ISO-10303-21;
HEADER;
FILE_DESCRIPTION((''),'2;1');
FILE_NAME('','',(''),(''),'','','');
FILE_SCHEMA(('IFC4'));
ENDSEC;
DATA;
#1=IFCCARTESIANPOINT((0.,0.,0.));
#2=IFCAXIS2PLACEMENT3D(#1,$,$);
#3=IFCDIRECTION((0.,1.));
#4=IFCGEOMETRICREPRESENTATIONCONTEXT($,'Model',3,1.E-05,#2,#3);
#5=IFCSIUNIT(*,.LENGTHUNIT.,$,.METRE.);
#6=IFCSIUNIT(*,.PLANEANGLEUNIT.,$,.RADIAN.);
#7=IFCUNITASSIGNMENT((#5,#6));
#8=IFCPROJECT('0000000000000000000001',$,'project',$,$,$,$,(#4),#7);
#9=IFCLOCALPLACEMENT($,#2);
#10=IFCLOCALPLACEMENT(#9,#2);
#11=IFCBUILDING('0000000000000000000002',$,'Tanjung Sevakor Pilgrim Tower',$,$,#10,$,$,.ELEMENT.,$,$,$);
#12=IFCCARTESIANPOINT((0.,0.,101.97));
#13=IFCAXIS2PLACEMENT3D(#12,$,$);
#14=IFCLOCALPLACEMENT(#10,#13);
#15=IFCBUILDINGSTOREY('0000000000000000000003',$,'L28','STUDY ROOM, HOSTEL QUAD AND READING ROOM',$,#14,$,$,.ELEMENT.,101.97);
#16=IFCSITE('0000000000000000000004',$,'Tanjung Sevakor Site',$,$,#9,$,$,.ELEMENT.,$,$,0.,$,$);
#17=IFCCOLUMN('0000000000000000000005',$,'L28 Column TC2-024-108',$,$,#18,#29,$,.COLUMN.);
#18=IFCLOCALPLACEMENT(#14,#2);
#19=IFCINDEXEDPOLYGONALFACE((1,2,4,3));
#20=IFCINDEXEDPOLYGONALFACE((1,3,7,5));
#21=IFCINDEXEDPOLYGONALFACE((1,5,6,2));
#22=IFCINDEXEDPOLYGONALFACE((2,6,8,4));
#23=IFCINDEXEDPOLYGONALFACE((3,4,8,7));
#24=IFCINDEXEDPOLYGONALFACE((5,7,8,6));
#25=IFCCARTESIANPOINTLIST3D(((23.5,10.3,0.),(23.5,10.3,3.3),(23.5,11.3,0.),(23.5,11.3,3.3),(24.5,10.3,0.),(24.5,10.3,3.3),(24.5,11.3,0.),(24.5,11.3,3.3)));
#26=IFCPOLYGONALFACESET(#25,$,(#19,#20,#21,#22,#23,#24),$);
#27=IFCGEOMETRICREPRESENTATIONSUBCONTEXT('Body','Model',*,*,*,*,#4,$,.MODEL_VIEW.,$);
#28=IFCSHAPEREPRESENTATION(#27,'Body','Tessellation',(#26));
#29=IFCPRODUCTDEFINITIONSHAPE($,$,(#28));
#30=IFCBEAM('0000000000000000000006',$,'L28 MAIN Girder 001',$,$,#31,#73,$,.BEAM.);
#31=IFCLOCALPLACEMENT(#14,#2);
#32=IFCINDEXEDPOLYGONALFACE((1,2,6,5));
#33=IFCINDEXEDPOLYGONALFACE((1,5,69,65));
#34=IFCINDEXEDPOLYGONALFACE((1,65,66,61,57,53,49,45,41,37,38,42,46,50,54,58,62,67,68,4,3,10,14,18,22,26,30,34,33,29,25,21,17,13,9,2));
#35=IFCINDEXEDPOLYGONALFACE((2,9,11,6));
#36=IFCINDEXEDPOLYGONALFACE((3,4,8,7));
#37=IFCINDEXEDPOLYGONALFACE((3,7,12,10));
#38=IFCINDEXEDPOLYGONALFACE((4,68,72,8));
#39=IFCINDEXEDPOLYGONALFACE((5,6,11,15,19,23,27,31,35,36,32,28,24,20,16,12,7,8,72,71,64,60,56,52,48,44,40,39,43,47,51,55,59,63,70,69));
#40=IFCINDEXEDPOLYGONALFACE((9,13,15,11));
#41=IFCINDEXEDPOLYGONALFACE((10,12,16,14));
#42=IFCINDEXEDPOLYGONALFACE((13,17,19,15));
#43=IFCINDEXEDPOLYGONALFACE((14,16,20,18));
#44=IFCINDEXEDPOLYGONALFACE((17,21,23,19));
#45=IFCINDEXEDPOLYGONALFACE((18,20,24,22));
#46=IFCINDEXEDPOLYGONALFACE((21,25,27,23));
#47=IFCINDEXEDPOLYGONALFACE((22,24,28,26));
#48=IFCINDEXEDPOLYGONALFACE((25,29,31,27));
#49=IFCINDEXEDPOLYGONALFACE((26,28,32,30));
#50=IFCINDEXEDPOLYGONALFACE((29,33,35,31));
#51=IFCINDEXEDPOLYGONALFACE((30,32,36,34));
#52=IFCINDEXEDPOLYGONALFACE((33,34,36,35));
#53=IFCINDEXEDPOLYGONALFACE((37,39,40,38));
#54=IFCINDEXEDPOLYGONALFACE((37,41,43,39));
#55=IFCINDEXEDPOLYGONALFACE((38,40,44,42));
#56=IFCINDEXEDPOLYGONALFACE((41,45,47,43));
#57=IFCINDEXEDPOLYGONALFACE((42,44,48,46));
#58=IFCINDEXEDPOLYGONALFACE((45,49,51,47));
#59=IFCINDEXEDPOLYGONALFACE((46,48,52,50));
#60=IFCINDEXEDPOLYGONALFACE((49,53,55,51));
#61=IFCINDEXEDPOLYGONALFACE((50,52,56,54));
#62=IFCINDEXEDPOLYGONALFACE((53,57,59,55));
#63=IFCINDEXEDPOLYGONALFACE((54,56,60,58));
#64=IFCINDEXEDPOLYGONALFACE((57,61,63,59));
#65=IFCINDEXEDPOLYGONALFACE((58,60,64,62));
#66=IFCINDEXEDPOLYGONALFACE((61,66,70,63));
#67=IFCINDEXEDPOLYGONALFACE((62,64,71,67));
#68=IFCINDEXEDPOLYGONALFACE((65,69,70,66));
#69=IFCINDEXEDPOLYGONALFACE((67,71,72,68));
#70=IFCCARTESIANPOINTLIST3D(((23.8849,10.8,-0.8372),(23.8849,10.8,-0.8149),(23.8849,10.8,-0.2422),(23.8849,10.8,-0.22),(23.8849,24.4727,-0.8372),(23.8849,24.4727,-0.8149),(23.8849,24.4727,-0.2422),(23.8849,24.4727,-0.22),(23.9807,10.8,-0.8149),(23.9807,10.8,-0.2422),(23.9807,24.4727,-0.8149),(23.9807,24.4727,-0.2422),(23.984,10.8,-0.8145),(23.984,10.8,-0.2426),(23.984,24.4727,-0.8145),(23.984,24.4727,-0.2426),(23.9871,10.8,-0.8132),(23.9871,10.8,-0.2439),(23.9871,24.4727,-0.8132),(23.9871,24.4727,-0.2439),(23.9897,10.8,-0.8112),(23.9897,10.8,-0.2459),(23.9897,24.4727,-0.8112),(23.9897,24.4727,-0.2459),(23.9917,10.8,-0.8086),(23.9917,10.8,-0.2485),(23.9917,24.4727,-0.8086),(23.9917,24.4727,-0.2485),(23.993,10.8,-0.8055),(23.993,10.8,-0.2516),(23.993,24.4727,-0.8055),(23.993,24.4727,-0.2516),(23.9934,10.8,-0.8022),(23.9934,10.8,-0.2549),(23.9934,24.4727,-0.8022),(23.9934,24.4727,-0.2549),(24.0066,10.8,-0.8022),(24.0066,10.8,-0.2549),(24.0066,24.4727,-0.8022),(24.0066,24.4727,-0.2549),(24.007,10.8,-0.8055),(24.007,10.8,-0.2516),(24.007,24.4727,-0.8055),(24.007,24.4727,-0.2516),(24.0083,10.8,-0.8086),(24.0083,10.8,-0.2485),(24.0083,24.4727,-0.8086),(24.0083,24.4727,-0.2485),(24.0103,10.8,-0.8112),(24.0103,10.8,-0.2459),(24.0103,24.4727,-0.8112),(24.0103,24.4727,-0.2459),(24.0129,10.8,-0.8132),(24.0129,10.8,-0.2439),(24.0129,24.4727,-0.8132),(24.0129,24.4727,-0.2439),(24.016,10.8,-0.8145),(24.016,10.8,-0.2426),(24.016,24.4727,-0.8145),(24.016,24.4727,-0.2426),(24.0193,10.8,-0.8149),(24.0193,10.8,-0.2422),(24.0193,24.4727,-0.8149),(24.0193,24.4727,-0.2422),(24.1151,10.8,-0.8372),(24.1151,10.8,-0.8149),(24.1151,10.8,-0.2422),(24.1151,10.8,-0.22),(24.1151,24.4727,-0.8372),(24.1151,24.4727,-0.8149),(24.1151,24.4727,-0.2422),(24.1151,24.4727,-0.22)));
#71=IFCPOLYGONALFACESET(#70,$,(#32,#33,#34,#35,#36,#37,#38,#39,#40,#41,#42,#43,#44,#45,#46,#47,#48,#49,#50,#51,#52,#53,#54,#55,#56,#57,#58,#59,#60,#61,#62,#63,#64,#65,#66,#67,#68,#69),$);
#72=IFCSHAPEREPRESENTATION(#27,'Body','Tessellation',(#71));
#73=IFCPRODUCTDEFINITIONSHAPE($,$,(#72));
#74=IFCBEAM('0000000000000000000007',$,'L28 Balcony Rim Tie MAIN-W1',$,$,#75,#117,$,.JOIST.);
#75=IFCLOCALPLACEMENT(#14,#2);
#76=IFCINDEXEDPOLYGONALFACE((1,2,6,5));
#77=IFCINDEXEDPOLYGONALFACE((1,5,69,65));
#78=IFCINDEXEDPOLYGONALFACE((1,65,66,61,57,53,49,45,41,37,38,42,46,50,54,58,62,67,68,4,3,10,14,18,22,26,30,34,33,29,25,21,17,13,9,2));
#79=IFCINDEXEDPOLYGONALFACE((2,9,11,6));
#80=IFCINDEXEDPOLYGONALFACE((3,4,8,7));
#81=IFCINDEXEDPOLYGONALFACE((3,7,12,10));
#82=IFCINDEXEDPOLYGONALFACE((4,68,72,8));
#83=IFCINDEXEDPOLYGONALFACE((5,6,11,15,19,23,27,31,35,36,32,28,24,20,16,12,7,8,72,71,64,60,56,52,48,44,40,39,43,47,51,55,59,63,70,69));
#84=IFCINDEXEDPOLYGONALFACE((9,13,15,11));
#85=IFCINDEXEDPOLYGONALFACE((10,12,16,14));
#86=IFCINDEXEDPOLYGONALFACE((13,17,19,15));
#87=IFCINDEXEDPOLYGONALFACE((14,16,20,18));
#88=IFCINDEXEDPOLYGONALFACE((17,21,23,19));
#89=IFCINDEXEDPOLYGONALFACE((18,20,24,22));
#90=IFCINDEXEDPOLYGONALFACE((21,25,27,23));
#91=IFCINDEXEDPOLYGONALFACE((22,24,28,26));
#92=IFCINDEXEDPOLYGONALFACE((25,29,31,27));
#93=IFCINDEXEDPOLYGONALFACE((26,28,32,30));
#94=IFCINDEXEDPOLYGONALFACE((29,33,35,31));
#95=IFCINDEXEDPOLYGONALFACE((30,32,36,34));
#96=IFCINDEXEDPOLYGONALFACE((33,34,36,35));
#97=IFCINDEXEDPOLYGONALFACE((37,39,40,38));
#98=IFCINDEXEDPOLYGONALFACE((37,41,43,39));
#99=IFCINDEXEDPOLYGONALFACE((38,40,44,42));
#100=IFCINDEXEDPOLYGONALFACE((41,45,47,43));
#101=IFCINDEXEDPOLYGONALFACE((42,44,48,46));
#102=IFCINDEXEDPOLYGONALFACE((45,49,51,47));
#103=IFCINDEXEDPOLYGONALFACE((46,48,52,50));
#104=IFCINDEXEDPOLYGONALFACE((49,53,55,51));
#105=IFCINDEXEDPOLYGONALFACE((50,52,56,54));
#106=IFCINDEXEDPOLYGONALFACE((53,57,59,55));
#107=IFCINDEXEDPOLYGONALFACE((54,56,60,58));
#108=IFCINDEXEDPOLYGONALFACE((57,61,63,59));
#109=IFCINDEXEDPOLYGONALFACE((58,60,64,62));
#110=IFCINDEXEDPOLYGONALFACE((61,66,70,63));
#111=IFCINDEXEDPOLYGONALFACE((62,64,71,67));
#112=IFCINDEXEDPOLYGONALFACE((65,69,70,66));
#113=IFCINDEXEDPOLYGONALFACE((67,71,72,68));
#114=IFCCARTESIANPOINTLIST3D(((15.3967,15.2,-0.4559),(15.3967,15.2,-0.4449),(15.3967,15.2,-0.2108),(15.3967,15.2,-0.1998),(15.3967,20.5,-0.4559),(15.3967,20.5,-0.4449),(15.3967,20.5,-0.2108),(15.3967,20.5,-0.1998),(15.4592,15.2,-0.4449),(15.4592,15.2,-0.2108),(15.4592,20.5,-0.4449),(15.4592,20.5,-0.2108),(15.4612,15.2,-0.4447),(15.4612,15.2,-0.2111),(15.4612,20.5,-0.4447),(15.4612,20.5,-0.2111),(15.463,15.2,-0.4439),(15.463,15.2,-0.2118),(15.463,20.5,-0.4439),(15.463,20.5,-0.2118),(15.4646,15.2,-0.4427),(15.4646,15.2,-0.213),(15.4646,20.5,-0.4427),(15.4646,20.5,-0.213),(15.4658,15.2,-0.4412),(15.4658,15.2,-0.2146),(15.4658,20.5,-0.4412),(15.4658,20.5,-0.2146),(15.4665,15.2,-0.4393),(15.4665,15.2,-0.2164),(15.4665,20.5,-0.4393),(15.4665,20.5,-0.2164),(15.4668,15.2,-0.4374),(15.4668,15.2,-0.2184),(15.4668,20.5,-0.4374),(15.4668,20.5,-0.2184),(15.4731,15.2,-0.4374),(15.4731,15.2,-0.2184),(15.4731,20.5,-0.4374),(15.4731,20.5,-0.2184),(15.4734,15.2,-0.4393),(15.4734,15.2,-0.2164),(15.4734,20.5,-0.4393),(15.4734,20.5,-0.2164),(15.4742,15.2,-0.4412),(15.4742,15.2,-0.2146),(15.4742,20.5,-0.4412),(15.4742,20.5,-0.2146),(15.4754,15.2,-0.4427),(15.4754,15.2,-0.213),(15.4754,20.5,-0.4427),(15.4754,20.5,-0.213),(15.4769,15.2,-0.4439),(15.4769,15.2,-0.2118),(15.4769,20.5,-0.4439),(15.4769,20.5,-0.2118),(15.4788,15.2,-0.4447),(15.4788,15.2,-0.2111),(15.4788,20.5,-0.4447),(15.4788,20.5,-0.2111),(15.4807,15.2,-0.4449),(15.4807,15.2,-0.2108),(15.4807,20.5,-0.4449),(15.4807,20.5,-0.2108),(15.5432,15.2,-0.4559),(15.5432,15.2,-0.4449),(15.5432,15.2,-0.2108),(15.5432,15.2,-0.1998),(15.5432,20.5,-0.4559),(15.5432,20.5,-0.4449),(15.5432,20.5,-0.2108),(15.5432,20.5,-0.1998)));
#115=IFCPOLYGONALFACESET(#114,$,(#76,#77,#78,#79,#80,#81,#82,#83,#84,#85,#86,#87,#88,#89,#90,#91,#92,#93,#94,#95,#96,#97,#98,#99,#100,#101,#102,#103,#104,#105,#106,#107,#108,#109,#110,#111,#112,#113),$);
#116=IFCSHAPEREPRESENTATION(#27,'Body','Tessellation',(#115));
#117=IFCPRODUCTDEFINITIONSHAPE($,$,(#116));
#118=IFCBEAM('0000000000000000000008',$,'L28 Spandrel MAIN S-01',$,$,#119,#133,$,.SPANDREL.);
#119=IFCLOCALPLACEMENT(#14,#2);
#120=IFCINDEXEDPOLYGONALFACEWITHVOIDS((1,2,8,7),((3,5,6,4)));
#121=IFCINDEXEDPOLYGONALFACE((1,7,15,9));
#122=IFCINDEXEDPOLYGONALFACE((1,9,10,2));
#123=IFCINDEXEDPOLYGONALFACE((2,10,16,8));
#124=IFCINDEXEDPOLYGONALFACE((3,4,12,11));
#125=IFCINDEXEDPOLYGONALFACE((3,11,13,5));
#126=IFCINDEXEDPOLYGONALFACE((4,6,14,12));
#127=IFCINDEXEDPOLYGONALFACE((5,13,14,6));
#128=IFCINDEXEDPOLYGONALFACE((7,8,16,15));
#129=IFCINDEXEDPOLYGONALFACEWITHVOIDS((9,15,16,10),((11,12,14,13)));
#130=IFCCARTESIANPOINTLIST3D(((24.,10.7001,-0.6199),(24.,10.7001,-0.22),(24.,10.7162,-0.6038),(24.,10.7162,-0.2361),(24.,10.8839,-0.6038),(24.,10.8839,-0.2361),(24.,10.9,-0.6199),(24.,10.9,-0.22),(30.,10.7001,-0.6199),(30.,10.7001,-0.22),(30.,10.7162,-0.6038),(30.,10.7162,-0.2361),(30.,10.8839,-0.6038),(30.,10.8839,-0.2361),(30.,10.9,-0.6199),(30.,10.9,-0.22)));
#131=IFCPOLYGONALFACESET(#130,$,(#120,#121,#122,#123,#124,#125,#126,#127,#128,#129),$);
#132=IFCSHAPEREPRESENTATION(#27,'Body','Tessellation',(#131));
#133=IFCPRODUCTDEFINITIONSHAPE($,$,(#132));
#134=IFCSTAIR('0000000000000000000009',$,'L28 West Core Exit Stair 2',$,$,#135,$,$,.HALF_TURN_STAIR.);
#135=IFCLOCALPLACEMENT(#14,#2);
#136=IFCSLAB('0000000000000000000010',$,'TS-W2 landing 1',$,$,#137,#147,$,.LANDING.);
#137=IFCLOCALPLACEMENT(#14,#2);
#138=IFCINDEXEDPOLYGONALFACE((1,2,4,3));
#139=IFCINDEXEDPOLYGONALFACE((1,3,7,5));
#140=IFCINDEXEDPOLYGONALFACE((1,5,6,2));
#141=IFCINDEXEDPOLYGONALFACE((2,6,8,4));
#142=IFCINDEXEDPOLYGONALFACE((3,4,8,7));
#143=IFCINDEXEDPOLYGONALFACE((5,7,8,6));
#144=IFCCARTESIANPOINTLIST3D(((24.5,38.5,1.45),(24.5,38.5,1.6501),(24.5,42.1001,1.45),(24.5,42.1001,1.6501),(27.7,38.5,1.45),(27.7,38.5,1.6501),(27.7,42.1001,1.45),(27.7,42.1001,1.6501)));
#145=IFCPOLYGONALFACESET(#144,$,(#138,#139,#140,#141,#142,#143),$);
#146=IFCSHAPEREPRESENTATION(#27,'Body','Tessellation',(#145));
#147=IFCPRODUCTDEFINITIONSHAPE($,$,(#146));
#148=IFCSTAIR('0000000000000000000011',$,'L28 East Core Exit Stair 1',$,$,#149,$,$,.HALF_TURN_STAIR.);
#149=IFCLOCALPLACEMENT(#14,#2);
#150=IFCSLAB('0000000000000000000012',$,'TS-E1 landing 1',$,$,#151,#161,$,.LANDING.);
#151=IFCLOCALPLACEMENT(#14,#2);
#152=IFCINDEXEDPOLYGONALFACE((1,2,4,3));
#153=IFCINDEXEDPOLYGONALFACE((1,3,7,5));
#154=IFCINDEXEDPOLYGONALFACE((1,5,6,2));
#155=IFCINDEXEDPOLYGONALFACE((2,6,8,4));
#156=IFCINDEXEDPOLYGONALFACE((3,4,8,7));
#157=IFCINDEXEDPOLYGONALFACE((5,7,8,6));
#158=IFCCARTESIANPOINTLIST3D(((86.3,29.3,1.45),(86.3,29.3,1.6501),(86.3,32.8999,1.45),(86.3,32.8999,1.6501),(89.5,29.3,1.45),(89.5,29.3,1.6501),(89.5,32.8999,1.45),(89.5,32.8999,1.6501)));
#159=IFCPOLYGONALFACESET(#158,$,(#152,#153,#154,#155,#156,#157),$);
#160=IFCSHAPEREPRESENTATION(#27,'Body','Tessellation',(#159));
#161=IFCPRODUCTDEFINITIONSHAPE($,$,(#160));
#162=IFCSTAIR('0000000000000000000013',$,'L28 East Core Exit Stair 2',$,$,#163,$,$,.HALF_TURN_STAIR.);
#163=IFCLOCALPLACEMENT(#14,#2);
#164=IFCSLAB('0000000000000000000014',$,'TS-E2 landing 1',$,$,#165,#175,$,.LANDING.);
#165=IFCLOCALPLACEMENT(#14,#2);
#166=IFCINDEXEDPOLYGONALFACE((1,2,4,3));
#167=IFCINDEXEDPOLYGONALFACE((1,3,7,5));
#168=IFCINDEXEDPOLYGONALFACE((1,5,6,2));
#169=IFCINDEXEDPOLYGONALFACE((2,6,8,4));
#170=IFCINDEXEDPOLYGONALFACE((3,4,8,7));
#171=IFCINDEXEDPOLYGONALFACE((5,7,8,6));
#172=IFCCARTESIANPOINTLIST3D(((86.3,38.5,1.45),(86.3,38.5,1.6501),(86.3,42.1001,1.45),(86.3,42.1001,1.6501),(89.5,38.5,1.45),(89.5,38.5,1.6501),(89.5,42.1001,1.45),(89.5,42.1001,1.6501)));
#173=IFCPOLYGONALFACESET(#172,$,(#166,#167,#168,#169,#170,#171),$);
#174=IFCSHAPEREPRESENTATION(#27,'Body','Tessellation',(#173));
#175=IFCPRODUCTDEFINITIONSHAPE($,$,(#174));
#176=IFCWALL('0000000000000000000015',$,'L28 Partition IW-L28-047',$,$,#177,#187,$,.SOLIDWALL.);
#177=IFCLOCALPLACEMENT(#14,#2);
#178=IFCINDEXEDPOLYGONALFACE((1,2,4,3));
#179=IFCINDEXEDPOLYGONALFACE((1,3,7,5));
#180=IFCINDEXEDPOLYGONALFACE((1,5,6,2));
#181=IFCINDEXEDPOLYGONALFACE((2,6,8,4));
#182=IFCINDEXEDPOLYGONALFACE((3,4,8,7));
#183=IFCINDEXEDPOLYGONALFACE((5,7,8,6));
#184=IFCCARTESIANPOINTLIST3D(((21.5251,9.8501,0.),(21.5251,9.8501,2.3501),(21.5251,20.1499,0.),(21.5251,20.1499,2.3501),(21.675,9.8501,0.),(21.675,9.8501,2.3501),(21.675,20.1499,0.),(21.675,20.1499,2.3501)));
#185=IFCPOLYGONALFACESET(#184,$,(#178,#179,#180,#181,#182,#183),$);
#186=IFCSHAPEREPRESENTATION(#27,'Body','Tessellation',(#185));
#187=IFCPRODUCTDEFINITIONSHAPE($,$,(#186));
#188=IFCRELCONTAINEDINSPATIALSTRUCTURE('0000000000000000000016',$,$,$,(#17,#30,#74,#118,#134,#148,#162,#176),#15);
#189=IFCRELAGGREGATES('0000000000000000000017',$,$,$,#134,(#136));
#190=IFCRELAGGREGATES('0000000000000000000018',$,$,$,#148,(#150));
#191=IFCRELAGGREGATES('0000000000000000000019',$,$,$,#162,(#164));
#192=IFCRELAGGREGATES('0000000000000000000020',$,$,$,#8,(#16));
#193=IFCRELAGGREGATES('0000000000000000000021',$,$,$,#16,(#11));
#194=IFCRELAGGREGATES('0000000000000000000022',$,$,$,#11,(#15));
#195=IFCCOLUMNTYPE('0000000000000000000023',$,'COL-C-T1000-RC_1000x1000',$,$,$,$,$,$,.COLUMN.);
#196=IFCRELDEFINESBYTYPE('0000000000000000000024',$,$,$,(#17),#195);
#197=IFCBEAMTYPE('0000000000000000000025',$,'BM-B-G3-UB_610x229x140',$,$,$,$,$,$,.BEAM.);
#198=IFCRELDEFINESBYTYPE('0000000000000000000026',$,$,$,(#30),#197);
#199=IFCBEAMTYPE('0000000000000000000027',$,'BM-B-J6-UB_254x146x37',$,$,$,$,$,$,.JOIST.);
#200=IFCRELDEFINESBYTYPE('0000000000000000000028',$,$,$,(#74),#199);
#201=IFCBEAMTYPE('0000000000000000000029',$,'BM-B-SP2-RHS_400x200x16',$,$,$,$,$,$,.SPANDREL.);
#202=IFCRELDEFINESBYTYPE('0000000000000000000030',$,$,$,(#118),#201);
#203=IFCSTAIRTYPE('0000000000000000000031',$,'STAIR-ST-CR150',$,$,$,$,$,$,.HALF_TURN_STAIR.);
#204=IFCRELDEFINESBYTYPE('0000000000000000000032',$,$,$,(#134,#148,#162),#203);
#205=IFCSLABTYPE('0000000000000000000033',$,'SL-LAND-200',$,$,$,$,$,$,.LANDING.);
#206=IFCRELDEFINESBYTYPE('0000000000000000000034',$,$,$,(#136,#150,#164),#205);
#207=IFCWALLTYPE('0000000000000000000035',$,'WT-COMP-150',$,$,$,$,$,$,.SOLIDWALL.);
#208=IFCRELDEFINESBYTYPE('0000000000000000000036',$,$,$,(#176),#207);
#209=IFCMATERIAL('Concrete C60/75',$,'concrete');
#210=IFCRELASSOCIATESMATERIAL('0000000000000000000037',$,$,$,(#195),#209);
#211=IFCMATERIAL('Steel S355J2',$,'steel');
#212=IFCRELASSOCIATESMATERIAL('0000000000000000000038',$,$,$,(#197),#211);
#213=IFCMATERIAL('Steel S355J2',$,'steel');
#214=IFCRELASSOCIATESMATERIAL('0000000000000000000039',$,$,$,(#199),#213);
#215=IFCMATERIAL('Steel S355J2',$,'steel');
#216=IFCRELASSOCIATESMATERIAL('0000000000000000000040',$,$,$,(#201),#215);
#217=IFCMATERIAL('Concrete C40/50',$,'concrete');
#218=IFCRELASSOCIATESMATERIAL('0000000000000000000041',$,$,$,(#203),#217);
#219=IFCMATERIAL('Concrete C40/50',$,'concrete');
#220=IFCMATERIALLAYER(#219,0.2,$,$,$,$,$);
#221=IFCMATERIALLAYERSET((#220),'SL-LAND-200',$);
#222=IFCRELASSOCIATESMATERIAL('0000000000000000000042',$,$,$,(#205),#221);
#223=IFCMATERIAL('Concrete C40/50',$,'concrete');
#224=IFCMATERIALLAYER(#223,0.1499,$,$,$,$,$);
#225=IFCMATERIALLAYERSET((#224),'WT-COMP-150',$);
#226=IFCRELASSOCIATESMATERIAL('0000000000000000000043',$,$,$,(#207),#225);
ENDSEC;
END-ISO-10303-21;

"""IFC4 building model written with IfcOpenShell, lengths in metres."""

from ifc_helpers import new_model, si_unit, direction, frame, frame_2d, origin, origin_2d, place, context, subcontext, project, spatial, polyline, rectangle, hollow_rectangle, i_section, outline, extrude, material, layer, layer_set, material_profile, profile_set, type_object, element, aggregate, save


model = new_model("IFC4")

# Units and contexts
model_context = context("Model", 3, precision=1e-05, world=origin(), true_north=direction((0.0, 1.0)))
body_context = subcontext(model_context, "Body", "Model", "MODEL_VIEW")
ifc_project = project(units=[si_unit("LENGTHUNIT", "METRE"), si_unit("PLANEANGLEUNIT", "RADIAN")], contexts=[model_context])

# Site, building, storey
site_placement = place(None, origin())
site = spatial("IfcSite", under=ifc_project, at=site_placement, Name="Tanjung Sevakor Site", CompositionType="ELEMENT", RefElevation=0.0)
building_placement = place(site_placement, origin())
building = spatial("IfcBuilding", under=site, at=building_placement, Name="Tanjung Sevakor Pilgrim Tower", CompositionType="ELEMENT")
storey_placement = place(building_placement, frame((0.0, 0.0, 101.97)))
storey = spatial("IfcBuildingStorey", under=building, at=storey_placement, Name="L28", Description="STUDY ROOM, HOSTEL QUAD AND READING ROOM", CompositionType="ELEMENT", Elevation=101.97)

# Column
ifc_material_1 = material(Name="Concrete C60/75", Category="concrete")
ifc_material_profile_1 = material_profile(ifc_material_1, rectangle(XDim=1.0, YDim=1.0, at=origin_2d()))
ifc_profile_set_1 = profile_set([ifc_material_profile_1], Name="Concrete C60/75")
column_type = type_object("IfcColumnType", Name="COL-C-T1000-RC_1000x1000", PredefinedType="COLUMN", material=ifc_profile_set_1)
column_placement = place(storey_placement, frame((24.0, 10.8, 0.0), z_axis=(0.0, 0.0, 1.0), x_axis=(1.0, 0.0, 0.0)))
element("IfcColumn", 1, at=column_placement, inside=storey, type_object=column_type, Name="L28 Column TC2-024-108", PredefinedType="COLUMN", context=body_context, shape_type="SweptSolid", body=[
    extrude(rectangle(XDim=1.0, YDim=1.0, at=origin_2d()), origin(), (0.0, 0.0, 1.0), 3.3),
])

# Beams
ifc_material_2 = material(Name="Steel S355J2", Category="steel")
ifc_material_profile_2 = material_profile(ifc_material_2, i_section(OverallWidth=0.2302, OverallDepth=0.6172, WebThickness=0.0132, FlangeThickness=0.0222, FilletRadius=0.0127, at=origin_2d()))
ifc_profile_set_2 = profile_set([ifc_material_profile_2], Name="Steel S355J2")
beam_type_1 = type_object("IfcBeamType", Name="BM-B-G3-UB_610x229x140", PredefinedType="BEAM", material=ifc_profile_set_2)
beam_1_placement = place(storey_placement, frame((24.0, 10.8, -0.5286), z_axis=(0.0, 1.0, 0.0), x_axis=(-1.0, 0.0, 0.0)))
element("IfcBeam", 2, at=beam_1_placement, inside=storey, type_object=beam_type_1, Name="L28 MAIN Girder 001", PredefinedType="BEAM", context=body_context, shape_type="SweptSolid", body=[
    extrude(i_section(OverallWidth=0.2302, OverallDepth=0.6172, WebThickness=0.0132, FlangeThickness=0.0222, FilletRadius=0.0127, at=origin_2d()), origin(), (0.0, 0.0, 1.0), 13.6726),
])
ifc_material_3 = material(Name="Steel S355J2", Category="steel")
ifc_material_profile_3 = material_profile(ifc_material_3, i_section(OverallWidth=0.1465, OverallDepth=0.2561, WebThickness=0.0063, FlangeThickness=0.011, FilletRadius=0.0076, at=origin_2d()))
ifc_profile_set_3 = profile_set([ifc_material_profile_3], Name="Steel S355J2")
beam_type_2 = type_object("IfcBeamType", Name="BM-B-J6-UB_254x146x37", PredefinedType="JOIST", material=ifc_profile_set_3)
beam_2_placement = place(storey_placement, frame((15.47, 15.2, -0.3279), z_axis=(0.0, 1.0, 0.0), x_axis=(-1.0, 0.0, 0.0)))
element("IfcBeam", 3, at=beam_2_placement, inside=storey, type_object=beam_type_2, Name="L28 Balcony Rim Tie MAIN-W1", PredefinedType="JOIST", context=body_context, shape_type="SweptSolid", body=[
    extrude(i_section(OverallWidth=0.1465, OverallDepth=0.2561, WebThickness=0.0063, FlangeThickness=0.011, FilletRadius=0.0076, at=origin_2d()), origin(), (0.0, 0.0, 1.0), 5.3),
])
ifc_material_4 = material(Name="Steel S355J2", Category="steel")
ifc_material_profile_4 = material_profile(ifc_material_4, hollow_rectangle(XDim=0.2, YDim=0.3999, WallThickness=0.0161, at=origin_2d()))
ifc_profile_set_4 = profile_set([ifc_material_profile_4], Name="Steel S355J2")
beam_type_3 = type_object("IfcBeamType", Name="BM-B-SP2-RHS_400x200x16", PredefinedType="SPANDREL", material=ifc_profile_set_4)
beam_3_placement = place(storey_placement, frame((24.0, 10.8, -0.4199), z_axis=(1.0, 0.0, 0.0), x_axis=(0.0, 1.0, 0.0)))
element("IfcBeam", 4, at=beam_3_placement, inside=storey, type_object=beam_type_3, Name="L28 Spandrel MAIN S-01", PredefinedType="SPANDREL", context=body_context, shape_type="SweptSolid", body=[
    extrude(hollow_rectangle(XDim=0.2, YDim=0.3999, WallThickness=0.0161, at=origin_2d()), origin(), (0.0, 0.0, 1.0), 6.0),
])

# Stairs, slabs
ifc_material_5 = material(Name="Concrete C40/50", Category="concrete")
stair_type = type_object("IfcStairType", Name="STAIR-ST-CR150", PredefinedType="HALF_TURN_STAIR", material=ifc_material_5)
stair_1_placement = place(storey_placement, origin())
stair_1 = element("IfcStair", 5, at=stair_1_placement, inside=storey, type_object=stair_type, Name="L28 West Core Exit Stair 2", PredefinedType="HALF_TURN_STAIR")
ifc_material_6 = material(Name="Concrete C40/50", Category="concrete")
ifc_layer_1 = layer(ifc_material_6, 0.2)
ifc_layer_set_1 = layer_set([ifc_layer_1], Name="SL-LAND-200")
slab_type = type_object("IfcSlabType", Name="SL-LAND-200", PredefinedType="LANDING", material=ifc_layer_set_1)
slab_1_placement = place(storey_placement, frame((0.0, 0.0, 1.45)))
slab_1 = element("IfcSlab", 6, at=slab_1_placement, type_object=slab_type, Name="TS-W2 landing 1", PredefinedType="LANDING", context=body_context, shape_type="SweptSolid", body=[
    extrude(outline(polyline([(27.7, 38.5), (27.7, 42.1001), (24.5, 42.1001), (24.5, 38.5), (27.7, 38.5)])), origin(), (0.0, 0.0, 1.0), 0.2002),
])
aggregate(stair_1, [slab_1])
stair_2_placement = place(storey_placement, origin())
stair_2 = element("IfcStair", 7, at=stair_2_placement, inside=storey, type_object=stair_type, Name="L28 East Core Exit Stair 1", PredefinedType="HALF_TURN_STAIR")
slab_2_placement = place(storey_placement, frame((0.0, 0.0, 1.45)))
slab_2 = element("IfcSlab", 8, at=slab_2_placement, type_object=slab_type, Name="TS-E1 landing 1", PredefinedType="LANDING", context=body_context, shape_type="SweptSolid", body=[
    extrude(outline(polyline([(89.5, 29.3), (89.5, 32.8999), (86.3, 32.8999), (86.3, 29.3), (89.5, 29.3)])), origin(), (0.0, 0.0, 1.0), 0.2002),
])
aggregate(stair_2, [slab_2])
stair_3_placement = place(storey_placement, origin())
stair_3 = element("IfcStair", 9, at=stair_3_placement, inside=storey, type_object=stair_type, Name="L28 East Core Exit Stair 2", PredefinedType="HALF_TURN_STAIR")
slab_3_placement = place(storey_placement, frame((0.0, 0.0, 1.45)))
slab_3 = element("IfcSlab", 10, at=slab_3_placement, type_object=slab_type, Name="TS-E2 landing 1", PredefinedType="LANDING", context=body_context, shape_type="SweptSolid", body=[
    extrude(outline(polyline([(89.5, 38.5), (89.5, 42.1001), (86.3, 42.1001), (86.3, 38.5), (89.5, 38.5)])), origin(), (0.0, 0.0, 1.0), 0.2002),
])
aggregate(stair_3, [slab_3])

# Wall
ifc_material_7 = material(Name="Concrete C40/50", Category="concrete")
ifc_layer_2 = layer(ifc_material_7, 0.1499)
ifc_layer_set_2 = layer_set([ifc_layer_2], Name="WT-COMP-150")
wall_type_1 = type_object("IfcWallType", Name="WT-COMP-150", PredefinedType="SOLIDWALL", material=ifc_layer_set_2)
wall_1_placement = place(storey_placement, frame((21.6001, 9.8501, 0.0), z_axis=(0.0, 0.0, 1.0), x_axis=(0.0, 1.0, 0.0)))
element("IfcWall", 11, at=wall_1_placement, inside=storey, type_object=wall_type_1, Name="L28 Partition IW-L28-047", PredefinedType="SOLIDWALL", context=body_context, shape_type="SweptSolid", body=[
    extrude(rectangle(XDim=10.2998, YDim=0.1499, at=frame_2d((5.1499, 0.0))), origin(), (0.0, 0.0, 1.0), 2.3501),
])

save(model, "model.ifc")
